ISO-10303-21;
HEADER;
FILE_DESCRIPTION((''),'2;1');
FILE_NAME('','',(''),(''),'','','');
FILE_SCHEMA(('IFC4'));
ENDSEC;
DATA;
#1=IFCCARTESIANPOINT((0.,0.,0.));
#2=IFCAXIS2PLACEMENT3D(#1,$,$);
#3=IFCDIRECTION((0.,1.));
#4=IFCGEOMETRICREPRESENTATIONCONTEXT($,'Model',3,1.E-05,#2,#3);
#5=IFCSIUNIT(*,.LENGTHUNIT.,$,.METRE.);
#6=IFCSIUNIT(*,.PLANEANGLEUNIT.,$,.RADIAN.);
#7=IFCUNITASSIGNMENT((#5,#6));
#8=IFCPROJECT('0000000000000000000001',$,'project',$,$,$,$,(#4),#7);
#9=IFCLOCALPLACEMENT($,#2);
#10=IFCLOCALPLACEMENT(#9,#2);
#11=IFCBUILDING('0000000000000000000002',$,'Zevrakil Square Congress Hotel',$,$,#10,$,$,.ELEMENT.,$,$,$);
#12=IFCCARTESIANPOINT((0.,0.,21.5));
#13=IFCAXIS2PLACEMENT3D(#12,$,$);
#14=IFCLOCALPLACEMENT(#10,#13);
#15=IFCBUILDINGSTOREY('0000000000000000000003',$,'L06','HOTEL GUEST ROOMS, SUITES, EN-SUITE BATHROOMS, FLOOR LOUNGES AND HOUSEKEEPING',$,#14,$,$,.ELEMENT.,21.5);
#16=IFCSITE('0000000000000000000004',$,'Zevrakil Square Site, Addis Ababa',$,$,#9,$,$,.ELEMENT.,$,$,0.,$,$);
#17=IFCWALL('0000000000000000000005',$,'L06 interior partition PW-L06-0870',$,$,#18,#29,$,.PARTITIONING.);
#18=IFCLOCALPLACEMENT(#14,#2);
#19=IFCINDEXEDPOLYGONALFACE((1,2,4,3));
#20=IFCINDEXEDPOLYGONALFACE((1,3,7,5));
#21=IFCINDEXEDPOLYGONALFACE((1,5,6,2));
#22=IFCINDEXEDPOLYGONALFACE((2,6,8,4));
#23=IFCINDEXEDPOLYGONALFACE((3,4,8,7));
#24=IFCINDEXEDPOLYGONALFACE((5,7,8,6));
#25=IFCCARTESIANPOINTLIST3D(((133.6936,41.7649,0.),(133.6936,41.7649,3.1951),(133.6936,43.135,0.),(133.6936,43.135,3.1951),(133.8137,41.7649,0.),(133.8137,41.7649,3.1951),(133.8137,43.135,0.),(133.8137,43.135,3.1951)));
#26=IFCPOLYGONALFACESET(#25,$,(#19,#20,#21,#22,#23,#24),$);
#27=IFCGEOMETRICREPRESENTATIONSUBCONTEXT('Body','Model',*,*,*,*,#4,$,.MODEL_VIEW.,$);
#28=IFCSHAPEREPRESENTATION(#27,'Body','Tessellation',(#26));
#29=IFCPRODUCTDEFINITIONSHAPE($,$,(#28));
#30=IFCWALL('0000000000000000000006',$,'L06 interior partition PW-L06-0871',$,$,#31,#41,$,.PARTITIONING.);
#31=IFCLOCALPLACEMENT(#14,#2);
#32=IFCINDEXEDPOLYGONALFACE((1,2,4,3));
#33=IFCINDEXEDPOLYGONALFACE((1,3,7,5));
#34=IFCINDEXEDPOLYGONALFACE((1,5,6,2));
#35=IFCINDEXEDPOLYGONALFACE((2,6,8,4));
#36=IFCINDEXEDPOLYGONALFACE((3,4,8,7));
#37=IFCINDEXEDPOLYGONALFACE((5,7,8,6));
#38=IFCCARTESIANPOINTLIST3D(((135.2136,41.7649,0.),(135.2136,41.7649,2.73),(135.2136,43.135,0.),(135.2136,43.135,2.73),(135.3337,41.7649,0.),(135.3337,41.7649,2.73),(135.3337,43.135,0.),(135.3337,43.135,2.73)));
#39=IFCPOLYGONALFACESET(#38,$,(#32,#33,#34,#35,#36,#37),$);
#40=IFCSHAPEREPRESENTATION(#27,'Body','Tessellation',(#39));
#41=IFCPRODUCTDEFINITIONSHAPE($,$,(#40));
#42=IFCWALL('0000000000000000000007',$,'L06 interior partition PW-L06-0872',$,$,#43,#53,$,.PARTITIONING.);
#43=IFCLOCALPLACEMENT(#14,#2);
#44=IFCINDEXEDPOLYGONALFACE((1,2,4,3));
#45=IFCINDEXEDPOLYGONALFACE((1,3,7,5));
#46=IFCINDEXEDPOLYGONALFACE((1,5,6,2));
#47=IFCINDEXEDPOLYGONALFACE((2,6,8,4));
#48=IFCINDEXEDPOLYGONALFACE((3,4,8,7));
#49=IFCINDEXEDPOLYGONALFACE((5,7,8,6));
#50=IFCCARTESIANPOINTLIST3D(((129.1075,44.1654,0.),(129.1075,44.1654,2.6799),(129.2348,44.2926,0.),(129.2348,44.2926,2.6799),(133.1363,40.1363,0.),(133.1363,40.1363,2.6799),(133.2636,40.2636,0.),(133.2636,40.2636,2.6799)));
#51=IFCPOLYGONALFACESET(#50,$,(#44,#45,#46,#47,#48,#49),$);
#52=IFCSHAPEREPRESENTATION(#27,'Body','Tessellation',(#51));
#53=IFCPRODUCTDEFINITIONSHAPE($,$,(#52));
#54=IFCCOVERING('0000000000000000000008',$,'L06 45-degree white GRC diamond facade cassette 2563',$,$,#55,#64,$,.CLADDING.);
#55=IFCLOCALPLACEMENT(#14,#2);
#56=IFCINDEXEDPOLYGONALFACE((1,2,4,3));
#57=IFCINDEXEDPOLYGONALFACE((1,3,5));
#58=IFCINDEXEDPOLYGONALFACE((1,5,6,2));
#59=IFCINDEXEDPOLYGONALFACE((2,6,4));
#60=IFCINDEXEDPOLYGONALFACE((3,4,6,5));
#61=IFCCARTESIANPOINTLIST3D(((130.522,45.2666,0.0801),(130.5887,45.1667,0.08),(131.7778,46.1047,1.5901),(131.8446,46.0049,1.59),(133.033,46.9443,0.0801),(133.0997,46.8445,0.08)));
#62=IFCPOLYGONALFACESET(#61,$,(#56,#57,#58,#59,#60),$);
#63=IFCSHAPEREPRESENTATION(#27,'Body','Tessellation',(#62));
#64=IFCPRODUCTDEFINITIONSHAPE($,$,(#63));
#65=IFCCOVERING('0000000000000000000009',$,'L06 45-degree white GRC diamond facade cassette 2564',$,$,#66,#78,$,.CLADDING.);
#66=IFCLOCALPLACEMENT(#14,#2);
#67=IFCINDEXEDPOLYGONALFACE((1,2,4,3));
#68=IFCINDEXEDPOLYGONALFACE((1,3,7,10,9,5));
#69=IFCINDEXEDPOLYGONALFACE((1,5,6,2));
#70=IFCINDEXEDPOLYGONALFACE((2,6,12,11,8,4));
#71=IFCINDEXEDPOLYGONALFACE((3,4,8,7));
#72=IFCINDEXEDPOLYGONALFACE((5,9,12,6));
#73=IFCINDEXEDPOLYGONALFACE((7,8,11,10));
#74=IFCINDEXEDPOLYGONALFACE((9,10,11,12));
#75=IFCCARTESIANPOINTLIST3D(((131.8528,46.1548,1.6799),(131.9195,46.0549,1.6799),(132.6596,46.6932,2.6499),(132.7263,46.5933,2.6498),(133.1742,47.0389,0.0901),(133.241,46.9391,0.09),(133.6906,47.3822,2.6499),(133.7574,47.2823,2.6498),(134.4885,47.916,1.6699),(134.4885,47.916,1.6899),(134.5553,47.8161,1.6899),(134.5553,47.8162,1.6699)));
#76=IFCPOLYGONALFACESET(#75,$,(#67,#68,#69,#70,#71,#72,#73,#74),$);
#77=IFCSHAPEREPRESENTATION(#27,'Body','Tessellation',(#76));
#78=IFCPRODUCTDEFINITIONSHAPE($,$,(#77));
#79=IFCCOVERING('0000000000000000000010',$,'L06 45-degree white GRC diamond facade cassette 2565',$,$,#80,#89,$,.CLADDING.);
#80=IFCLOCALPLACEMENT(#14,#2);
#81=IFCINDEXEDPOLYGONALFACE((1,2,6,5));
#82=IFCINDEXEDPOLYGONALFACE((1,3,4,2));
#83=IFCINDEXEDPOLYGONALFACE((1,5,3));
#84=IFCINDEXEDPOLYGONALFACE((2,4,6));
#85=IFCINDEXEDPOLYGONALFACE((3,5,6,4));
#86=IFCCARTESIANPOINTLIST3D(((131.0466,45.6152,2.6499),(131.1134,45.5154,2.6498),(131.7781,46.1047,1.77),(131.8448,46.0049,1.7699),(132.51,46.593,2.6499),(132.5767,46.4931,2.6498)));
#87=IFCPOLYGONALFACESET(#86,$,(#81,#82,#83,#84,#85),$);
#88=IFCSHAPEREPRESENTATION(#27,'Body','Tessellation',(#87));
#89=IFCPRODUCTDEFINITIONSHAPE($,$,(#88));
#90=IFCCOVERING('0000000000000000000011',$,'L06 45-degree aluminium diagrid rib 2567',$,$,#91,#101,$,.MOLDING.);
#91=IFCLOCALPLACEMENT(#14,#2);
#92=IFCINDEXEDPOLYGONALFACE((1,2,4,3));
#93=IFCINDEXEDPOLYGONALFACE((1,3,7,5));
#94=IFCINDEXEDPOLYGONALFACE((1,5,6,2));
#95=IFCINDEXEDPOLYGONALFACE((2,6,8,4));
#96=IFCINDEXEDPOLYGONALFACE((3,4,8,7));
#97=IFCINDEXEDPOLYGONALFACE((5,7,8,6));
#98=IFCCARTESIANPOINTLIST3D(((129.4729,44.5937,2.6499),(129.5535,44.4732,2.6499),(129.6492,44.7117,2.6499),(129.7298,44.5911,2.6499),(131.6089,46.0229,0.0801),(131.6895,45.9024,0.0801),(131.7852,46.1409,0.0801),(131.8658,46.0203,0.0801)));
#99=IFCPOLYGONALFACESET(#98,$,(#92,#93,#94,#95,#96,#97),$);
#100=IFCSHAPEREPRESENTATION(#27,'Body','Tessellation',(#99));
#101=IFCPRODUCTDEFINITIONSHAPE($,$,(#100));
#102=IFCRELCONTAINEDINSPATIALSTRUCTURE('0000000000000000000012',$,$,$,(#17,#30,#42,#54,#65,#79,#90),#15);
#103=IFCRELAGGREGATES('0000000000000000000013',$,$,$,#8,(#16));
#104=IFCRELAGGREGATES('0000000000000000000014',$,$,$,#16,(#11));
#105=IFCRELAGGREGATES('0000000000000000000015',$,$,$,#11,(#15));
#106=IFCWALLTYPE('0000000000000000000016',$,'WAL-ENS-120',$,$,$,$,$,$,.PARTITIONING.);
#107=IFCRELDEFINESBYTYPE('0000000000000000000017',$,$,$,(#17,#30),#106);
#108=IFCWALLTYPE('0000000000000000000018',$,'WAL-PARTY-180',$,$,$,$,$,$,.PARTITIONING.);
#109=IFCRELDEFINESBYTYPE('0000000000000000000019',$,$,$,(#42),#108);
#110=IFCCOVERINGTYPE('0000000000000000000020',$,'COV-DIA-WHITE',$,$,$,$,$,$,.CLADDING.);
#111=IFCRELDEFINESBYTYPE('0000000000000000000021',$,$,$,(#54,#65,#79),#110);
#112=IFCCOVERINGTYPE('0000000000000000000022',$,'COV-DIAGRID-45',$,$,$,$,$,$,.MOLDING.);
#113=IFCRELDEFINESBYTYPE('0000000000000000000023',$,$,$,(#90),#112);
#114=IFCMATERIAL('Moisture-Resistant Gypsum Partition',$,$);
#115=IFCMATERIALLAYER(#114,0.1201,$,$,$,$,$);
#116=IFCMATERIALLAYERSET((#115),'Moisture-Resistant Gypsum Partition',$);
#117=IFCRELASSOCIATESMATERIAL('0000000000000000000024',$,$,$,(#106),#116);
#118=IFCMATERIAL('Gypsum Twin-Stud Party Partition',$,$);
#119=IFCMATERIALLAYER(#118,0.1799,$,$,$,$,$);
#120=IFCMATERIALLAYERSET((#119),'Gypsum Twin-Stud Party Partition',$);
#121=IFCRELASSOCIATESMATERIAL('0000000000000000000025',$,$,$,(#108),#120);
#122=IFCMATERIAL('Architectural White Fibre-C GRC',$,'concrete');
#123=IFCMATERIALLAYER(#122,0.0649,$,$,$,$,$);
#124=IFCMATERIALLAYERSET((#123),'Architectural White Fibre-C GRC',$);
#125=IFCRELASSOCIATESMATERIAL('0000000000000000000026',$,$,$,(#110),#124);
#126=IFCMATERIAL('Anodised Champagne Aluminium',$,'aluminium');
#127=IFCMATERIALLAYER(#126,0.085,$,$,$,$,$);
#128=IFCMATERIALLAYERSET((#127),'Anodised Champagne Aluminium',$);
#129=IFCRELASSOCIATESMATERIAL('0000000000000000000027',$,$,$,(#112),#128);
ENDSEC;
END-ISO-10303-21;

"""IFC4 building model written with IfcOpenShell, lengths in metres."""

from ifc_helpers import new_model, si_unit, direction, frame, frame_2d, origin, place, context, subcontext, project, spatial, polyline, rectangle, outline, extrude, material, layer, layer_set, type_object, element, save


model = new_model("IFC4")

# Units and contexts
model_context = context("Model", 3, precision=1e-05, world=origin(), true_north=direction((0.0, 1.0)))
body_context = subcontext(model_context, "Body", "Model", "MODEL_VIEW")
ifc_project = project(units=[si_unit("LENGTHUNIT", "METRE"), si_unit("PLANEANGLEUNIT", "RADIAN")], contexts=[model_context])

# Site, building, storey
site_placement = place(None, origin())
site = spatial("IfcSite", under=ifc_project, at=site_placement, Name="Zevrakil Square Site, Addis Ababa", CompositionType="ELEMENT", RefElevation=0.0)
building_placement = place(site_placement, origin())
building = spatial("IfcBuilding", under=site, at=building_placement, Name="Zevrakil Square Congress Hotel", CompositionType="ELEMENT")
storey_placement = place(building_placement, frame((0.0, 0.0, 21.5)))
storey = spatial("IfcBuildingStorey", under=building, at=storey_placement, Name="L06", Description="HOTEL GUEST ROOMS, SUITES, EN-SUITE BATHROOMS, FLOOR LOUNGES AND HOUSEKEEPING", CompositionType="ELEMENT", Elevation=21.5)

# Shared definitions
ifc_material_1 = material(Name="Moisture-Resistant Gypsum Partition")
ifc_layer_1 = layer(ifc_material_1, 0.1201)
ifc_layer_set_1 = layer_set([ifc_layer_1], Name="Moisture-Resistant Gypsum Partition")
wall_type_1 = type_object("IfcWallType", Name="WAL-ENS-120", PredefinedType="PARTITIONING", material=ifc_layer_set_1)

# Walls
wall_1_placement = place(storey_placement, frame((133.7537, 41.7649, 0.0), z_axis=(0.0, 0.0, 1.0), x_axis=(0.0, 1.0, 0.0)))
element("IfcWall", 1, at=wall_1_placement, inside=storey, type_object=wall_type_1, Name="L06 interior partition PW-L06-0870", PredefinedType="PARTITIONING", context=body_context, shape_type="SweptSolid", body=[
    extrude(rectangle(XDim=1.3701, YDim=0.1201, at=frame_2d((0.6851, 0.0))), origin(), (0.0, 0.0, 1.0), 3.1951),
])
wall_2_placement = place(storey_placement, frame((135.2737, 41.7649, 0.0), z_axis=(0.0, 0.0, 1.0), x_axis=(0.0, 1.0, 0.0)))
element("IfcWall", 2, at=wall_2_placement, inside=storey, type_object=wall_type_1, Name="L06 interior partition PW-L06-0871", PredefinedType="PARTITIONING", context=body_context, shape_type="SweptSolid", body=[
    extrude(rectangle(XDim=1.3701, YDim=0.1201, at=frame_2d((0.6851, 0.0))), origin(), (0.0, 0.0, 1.0), 2.73),
])
ifc_material_2 = material(Name="Gypsum Twin-Stud Party Partition")
ifc_layer_2 = layer(ifc_material_2, 0.1799)
ifc_layer_set_2 = layer_set([ifc_layer_2], Name="Gypsum Twin-Stud Party Partition")
wall_type_2 = type_object("IfcWallType", Name="WAL-PARTY-180", PredefinedType="PARTITIONING", material=ifc_layer_set_2)
wall_3_placement = place(storey_placement, frame((133.2, 40.2, 0.0), z_axis=(0.0, 0.0, 1.0), x_axis=(-0.707085, 0.707128, 0.0)))
element("IfcWall", 3, at=wall_3_placement, inside=storey, type_object=wall_type_2, Name="L06 interior partition PW-L06-0872", PredefinedType="PARTITIONING", context=body_context, shape_type="SweptSolid", body=[
    extrude(rectangle(XDim=5.6978, YDim=0.1799, at=frame_2d((2.8489, 0.0))), origin(), (0.0, 0.0, 1.0), 2.6799),
])

# Coverings
ifc_material_3 = material(Name="Architectural White Fibre-C GRC", Category="concrete")
ifc_layer_3 = layer(ifc_material_3, 0.0649)
ifc_layer_set_3 = layer_set([ifc_layer_3], Name="Architectural White Fibre-C GRC")
covering_type_1 = type_object("IfcCoveringType", Name="COV-DIA-WHITE", PredefinedType="CLADDING", material=ifc_layer_set_3)
covering_1_placement = place(storey_placement, frame((131.7778, 46.1047, 1.5901), z_axis=(-0.555558, 0.831478, 0.000538), x_axis=(-0.588124, -0.392502, -0.707144)))
element("IfcCovering", 4, at=covering_1_placement, inside=storey, type_object=covering_type_1, Name="L06 45-degree white GRC diamond facade cassette 2563", PredefinedType="CLADDING", context=body_context, shape_type="SweptSolid", body=[
    extrude(outline(polyline([(0.0, 0.0), (2.1354, 0.0), (0.0001, -2.1355), (0.0, 0.0)])), origin(), (0.0, 0.0, -1.0), 0.1201),
])
covering_2_placement = place(storey_placement, frame((131.8528, 46.1548, 1.6799), z_axis=(-0.555591, 0.831456, 0.000596), x_axis=(0.587715, 0.393227, -0.707081)))
element("IfcCovering", 5, at=covering_2_placement, inside=storey, type_object=covering_type_1, Name="L06 45-degree white GRC diamond facade cassette 2564", PredefinedType="CLADDING", context=body_context, shape_type="SweptSolid", body=[
    extrude(outline(polyline([(0.0, 0.0), (2.2485, 0.0), (2.2487, -2.2344), (2.2345, -2.2485), (0.8769, -2.2485), (0.0001, -1.3718), (0.0, 0.0)])), origin(), (0.0, 0.0, -1.0), 0.1201),
])
covering_3_placement = place(storey_placement, frame((131.7781, 46.1047, 1.77), z_axis=(-0.555564, 0.831473, 0.000731), x_axis=(0.588218, 0.392407, 0.707118)))
element("IfcCovering", 6, at=covering_3_placement, inside=storey, type_object=covering_type_1, Name="L06 45-degree white GRC diamond facade cassette 2565", PredefinedType="CLADDING", context=body_context, shape_type="SweptSolid", body=[
    extrude(outline(polyline([(0.0, 0.0), (1.2443, 0.0), (-0.0002, -1.2445), (0.0, 0.0)])), origin(), (0.0, 0.0, -1.0), 0.1201),
])
ifc_material_4 = material(Name="Anodised Champagne Aluminium", Category="aluminium")
ifc_layer_4 = layer(ifc_material_4, 0.085)
ifc_layer_set_4 = layer_set([ifc_layer_4], Name="Anodised Champagne Aluminium")
covering_type_2 = type_object("IfcCoveringType", Name="COV-DIAGRID-45", PredefinedType="MOLDING", material=ifc_layer_set_4)
covering_4_placement = place(storey_placement, frame((131.6089, 46.0229, 0.0801), z_axis=(-0.556028, 0.831164, 0.00009), x_axis=(0.831164, 0.556028, 0.0)))
element("IfcCovering", 7, at=covering_4_placement, inside=storey, type_object=covering_type_2, Name="L06 45-degree aluminium diagrid rib 2567", PredefinedType="MOLDING", context=body_context, shape_type="SweptSolid", body=[
    extrude(outline(polyline([(0.0, 0.0), (0.2121, 0.0), (-2.358, -2.5698), (-2.57, -2.5698), (0.0, 0.0)])), origin(), (0.0, 0.0, -1.0), 0.145),
])

save(model, "model.ifc")
